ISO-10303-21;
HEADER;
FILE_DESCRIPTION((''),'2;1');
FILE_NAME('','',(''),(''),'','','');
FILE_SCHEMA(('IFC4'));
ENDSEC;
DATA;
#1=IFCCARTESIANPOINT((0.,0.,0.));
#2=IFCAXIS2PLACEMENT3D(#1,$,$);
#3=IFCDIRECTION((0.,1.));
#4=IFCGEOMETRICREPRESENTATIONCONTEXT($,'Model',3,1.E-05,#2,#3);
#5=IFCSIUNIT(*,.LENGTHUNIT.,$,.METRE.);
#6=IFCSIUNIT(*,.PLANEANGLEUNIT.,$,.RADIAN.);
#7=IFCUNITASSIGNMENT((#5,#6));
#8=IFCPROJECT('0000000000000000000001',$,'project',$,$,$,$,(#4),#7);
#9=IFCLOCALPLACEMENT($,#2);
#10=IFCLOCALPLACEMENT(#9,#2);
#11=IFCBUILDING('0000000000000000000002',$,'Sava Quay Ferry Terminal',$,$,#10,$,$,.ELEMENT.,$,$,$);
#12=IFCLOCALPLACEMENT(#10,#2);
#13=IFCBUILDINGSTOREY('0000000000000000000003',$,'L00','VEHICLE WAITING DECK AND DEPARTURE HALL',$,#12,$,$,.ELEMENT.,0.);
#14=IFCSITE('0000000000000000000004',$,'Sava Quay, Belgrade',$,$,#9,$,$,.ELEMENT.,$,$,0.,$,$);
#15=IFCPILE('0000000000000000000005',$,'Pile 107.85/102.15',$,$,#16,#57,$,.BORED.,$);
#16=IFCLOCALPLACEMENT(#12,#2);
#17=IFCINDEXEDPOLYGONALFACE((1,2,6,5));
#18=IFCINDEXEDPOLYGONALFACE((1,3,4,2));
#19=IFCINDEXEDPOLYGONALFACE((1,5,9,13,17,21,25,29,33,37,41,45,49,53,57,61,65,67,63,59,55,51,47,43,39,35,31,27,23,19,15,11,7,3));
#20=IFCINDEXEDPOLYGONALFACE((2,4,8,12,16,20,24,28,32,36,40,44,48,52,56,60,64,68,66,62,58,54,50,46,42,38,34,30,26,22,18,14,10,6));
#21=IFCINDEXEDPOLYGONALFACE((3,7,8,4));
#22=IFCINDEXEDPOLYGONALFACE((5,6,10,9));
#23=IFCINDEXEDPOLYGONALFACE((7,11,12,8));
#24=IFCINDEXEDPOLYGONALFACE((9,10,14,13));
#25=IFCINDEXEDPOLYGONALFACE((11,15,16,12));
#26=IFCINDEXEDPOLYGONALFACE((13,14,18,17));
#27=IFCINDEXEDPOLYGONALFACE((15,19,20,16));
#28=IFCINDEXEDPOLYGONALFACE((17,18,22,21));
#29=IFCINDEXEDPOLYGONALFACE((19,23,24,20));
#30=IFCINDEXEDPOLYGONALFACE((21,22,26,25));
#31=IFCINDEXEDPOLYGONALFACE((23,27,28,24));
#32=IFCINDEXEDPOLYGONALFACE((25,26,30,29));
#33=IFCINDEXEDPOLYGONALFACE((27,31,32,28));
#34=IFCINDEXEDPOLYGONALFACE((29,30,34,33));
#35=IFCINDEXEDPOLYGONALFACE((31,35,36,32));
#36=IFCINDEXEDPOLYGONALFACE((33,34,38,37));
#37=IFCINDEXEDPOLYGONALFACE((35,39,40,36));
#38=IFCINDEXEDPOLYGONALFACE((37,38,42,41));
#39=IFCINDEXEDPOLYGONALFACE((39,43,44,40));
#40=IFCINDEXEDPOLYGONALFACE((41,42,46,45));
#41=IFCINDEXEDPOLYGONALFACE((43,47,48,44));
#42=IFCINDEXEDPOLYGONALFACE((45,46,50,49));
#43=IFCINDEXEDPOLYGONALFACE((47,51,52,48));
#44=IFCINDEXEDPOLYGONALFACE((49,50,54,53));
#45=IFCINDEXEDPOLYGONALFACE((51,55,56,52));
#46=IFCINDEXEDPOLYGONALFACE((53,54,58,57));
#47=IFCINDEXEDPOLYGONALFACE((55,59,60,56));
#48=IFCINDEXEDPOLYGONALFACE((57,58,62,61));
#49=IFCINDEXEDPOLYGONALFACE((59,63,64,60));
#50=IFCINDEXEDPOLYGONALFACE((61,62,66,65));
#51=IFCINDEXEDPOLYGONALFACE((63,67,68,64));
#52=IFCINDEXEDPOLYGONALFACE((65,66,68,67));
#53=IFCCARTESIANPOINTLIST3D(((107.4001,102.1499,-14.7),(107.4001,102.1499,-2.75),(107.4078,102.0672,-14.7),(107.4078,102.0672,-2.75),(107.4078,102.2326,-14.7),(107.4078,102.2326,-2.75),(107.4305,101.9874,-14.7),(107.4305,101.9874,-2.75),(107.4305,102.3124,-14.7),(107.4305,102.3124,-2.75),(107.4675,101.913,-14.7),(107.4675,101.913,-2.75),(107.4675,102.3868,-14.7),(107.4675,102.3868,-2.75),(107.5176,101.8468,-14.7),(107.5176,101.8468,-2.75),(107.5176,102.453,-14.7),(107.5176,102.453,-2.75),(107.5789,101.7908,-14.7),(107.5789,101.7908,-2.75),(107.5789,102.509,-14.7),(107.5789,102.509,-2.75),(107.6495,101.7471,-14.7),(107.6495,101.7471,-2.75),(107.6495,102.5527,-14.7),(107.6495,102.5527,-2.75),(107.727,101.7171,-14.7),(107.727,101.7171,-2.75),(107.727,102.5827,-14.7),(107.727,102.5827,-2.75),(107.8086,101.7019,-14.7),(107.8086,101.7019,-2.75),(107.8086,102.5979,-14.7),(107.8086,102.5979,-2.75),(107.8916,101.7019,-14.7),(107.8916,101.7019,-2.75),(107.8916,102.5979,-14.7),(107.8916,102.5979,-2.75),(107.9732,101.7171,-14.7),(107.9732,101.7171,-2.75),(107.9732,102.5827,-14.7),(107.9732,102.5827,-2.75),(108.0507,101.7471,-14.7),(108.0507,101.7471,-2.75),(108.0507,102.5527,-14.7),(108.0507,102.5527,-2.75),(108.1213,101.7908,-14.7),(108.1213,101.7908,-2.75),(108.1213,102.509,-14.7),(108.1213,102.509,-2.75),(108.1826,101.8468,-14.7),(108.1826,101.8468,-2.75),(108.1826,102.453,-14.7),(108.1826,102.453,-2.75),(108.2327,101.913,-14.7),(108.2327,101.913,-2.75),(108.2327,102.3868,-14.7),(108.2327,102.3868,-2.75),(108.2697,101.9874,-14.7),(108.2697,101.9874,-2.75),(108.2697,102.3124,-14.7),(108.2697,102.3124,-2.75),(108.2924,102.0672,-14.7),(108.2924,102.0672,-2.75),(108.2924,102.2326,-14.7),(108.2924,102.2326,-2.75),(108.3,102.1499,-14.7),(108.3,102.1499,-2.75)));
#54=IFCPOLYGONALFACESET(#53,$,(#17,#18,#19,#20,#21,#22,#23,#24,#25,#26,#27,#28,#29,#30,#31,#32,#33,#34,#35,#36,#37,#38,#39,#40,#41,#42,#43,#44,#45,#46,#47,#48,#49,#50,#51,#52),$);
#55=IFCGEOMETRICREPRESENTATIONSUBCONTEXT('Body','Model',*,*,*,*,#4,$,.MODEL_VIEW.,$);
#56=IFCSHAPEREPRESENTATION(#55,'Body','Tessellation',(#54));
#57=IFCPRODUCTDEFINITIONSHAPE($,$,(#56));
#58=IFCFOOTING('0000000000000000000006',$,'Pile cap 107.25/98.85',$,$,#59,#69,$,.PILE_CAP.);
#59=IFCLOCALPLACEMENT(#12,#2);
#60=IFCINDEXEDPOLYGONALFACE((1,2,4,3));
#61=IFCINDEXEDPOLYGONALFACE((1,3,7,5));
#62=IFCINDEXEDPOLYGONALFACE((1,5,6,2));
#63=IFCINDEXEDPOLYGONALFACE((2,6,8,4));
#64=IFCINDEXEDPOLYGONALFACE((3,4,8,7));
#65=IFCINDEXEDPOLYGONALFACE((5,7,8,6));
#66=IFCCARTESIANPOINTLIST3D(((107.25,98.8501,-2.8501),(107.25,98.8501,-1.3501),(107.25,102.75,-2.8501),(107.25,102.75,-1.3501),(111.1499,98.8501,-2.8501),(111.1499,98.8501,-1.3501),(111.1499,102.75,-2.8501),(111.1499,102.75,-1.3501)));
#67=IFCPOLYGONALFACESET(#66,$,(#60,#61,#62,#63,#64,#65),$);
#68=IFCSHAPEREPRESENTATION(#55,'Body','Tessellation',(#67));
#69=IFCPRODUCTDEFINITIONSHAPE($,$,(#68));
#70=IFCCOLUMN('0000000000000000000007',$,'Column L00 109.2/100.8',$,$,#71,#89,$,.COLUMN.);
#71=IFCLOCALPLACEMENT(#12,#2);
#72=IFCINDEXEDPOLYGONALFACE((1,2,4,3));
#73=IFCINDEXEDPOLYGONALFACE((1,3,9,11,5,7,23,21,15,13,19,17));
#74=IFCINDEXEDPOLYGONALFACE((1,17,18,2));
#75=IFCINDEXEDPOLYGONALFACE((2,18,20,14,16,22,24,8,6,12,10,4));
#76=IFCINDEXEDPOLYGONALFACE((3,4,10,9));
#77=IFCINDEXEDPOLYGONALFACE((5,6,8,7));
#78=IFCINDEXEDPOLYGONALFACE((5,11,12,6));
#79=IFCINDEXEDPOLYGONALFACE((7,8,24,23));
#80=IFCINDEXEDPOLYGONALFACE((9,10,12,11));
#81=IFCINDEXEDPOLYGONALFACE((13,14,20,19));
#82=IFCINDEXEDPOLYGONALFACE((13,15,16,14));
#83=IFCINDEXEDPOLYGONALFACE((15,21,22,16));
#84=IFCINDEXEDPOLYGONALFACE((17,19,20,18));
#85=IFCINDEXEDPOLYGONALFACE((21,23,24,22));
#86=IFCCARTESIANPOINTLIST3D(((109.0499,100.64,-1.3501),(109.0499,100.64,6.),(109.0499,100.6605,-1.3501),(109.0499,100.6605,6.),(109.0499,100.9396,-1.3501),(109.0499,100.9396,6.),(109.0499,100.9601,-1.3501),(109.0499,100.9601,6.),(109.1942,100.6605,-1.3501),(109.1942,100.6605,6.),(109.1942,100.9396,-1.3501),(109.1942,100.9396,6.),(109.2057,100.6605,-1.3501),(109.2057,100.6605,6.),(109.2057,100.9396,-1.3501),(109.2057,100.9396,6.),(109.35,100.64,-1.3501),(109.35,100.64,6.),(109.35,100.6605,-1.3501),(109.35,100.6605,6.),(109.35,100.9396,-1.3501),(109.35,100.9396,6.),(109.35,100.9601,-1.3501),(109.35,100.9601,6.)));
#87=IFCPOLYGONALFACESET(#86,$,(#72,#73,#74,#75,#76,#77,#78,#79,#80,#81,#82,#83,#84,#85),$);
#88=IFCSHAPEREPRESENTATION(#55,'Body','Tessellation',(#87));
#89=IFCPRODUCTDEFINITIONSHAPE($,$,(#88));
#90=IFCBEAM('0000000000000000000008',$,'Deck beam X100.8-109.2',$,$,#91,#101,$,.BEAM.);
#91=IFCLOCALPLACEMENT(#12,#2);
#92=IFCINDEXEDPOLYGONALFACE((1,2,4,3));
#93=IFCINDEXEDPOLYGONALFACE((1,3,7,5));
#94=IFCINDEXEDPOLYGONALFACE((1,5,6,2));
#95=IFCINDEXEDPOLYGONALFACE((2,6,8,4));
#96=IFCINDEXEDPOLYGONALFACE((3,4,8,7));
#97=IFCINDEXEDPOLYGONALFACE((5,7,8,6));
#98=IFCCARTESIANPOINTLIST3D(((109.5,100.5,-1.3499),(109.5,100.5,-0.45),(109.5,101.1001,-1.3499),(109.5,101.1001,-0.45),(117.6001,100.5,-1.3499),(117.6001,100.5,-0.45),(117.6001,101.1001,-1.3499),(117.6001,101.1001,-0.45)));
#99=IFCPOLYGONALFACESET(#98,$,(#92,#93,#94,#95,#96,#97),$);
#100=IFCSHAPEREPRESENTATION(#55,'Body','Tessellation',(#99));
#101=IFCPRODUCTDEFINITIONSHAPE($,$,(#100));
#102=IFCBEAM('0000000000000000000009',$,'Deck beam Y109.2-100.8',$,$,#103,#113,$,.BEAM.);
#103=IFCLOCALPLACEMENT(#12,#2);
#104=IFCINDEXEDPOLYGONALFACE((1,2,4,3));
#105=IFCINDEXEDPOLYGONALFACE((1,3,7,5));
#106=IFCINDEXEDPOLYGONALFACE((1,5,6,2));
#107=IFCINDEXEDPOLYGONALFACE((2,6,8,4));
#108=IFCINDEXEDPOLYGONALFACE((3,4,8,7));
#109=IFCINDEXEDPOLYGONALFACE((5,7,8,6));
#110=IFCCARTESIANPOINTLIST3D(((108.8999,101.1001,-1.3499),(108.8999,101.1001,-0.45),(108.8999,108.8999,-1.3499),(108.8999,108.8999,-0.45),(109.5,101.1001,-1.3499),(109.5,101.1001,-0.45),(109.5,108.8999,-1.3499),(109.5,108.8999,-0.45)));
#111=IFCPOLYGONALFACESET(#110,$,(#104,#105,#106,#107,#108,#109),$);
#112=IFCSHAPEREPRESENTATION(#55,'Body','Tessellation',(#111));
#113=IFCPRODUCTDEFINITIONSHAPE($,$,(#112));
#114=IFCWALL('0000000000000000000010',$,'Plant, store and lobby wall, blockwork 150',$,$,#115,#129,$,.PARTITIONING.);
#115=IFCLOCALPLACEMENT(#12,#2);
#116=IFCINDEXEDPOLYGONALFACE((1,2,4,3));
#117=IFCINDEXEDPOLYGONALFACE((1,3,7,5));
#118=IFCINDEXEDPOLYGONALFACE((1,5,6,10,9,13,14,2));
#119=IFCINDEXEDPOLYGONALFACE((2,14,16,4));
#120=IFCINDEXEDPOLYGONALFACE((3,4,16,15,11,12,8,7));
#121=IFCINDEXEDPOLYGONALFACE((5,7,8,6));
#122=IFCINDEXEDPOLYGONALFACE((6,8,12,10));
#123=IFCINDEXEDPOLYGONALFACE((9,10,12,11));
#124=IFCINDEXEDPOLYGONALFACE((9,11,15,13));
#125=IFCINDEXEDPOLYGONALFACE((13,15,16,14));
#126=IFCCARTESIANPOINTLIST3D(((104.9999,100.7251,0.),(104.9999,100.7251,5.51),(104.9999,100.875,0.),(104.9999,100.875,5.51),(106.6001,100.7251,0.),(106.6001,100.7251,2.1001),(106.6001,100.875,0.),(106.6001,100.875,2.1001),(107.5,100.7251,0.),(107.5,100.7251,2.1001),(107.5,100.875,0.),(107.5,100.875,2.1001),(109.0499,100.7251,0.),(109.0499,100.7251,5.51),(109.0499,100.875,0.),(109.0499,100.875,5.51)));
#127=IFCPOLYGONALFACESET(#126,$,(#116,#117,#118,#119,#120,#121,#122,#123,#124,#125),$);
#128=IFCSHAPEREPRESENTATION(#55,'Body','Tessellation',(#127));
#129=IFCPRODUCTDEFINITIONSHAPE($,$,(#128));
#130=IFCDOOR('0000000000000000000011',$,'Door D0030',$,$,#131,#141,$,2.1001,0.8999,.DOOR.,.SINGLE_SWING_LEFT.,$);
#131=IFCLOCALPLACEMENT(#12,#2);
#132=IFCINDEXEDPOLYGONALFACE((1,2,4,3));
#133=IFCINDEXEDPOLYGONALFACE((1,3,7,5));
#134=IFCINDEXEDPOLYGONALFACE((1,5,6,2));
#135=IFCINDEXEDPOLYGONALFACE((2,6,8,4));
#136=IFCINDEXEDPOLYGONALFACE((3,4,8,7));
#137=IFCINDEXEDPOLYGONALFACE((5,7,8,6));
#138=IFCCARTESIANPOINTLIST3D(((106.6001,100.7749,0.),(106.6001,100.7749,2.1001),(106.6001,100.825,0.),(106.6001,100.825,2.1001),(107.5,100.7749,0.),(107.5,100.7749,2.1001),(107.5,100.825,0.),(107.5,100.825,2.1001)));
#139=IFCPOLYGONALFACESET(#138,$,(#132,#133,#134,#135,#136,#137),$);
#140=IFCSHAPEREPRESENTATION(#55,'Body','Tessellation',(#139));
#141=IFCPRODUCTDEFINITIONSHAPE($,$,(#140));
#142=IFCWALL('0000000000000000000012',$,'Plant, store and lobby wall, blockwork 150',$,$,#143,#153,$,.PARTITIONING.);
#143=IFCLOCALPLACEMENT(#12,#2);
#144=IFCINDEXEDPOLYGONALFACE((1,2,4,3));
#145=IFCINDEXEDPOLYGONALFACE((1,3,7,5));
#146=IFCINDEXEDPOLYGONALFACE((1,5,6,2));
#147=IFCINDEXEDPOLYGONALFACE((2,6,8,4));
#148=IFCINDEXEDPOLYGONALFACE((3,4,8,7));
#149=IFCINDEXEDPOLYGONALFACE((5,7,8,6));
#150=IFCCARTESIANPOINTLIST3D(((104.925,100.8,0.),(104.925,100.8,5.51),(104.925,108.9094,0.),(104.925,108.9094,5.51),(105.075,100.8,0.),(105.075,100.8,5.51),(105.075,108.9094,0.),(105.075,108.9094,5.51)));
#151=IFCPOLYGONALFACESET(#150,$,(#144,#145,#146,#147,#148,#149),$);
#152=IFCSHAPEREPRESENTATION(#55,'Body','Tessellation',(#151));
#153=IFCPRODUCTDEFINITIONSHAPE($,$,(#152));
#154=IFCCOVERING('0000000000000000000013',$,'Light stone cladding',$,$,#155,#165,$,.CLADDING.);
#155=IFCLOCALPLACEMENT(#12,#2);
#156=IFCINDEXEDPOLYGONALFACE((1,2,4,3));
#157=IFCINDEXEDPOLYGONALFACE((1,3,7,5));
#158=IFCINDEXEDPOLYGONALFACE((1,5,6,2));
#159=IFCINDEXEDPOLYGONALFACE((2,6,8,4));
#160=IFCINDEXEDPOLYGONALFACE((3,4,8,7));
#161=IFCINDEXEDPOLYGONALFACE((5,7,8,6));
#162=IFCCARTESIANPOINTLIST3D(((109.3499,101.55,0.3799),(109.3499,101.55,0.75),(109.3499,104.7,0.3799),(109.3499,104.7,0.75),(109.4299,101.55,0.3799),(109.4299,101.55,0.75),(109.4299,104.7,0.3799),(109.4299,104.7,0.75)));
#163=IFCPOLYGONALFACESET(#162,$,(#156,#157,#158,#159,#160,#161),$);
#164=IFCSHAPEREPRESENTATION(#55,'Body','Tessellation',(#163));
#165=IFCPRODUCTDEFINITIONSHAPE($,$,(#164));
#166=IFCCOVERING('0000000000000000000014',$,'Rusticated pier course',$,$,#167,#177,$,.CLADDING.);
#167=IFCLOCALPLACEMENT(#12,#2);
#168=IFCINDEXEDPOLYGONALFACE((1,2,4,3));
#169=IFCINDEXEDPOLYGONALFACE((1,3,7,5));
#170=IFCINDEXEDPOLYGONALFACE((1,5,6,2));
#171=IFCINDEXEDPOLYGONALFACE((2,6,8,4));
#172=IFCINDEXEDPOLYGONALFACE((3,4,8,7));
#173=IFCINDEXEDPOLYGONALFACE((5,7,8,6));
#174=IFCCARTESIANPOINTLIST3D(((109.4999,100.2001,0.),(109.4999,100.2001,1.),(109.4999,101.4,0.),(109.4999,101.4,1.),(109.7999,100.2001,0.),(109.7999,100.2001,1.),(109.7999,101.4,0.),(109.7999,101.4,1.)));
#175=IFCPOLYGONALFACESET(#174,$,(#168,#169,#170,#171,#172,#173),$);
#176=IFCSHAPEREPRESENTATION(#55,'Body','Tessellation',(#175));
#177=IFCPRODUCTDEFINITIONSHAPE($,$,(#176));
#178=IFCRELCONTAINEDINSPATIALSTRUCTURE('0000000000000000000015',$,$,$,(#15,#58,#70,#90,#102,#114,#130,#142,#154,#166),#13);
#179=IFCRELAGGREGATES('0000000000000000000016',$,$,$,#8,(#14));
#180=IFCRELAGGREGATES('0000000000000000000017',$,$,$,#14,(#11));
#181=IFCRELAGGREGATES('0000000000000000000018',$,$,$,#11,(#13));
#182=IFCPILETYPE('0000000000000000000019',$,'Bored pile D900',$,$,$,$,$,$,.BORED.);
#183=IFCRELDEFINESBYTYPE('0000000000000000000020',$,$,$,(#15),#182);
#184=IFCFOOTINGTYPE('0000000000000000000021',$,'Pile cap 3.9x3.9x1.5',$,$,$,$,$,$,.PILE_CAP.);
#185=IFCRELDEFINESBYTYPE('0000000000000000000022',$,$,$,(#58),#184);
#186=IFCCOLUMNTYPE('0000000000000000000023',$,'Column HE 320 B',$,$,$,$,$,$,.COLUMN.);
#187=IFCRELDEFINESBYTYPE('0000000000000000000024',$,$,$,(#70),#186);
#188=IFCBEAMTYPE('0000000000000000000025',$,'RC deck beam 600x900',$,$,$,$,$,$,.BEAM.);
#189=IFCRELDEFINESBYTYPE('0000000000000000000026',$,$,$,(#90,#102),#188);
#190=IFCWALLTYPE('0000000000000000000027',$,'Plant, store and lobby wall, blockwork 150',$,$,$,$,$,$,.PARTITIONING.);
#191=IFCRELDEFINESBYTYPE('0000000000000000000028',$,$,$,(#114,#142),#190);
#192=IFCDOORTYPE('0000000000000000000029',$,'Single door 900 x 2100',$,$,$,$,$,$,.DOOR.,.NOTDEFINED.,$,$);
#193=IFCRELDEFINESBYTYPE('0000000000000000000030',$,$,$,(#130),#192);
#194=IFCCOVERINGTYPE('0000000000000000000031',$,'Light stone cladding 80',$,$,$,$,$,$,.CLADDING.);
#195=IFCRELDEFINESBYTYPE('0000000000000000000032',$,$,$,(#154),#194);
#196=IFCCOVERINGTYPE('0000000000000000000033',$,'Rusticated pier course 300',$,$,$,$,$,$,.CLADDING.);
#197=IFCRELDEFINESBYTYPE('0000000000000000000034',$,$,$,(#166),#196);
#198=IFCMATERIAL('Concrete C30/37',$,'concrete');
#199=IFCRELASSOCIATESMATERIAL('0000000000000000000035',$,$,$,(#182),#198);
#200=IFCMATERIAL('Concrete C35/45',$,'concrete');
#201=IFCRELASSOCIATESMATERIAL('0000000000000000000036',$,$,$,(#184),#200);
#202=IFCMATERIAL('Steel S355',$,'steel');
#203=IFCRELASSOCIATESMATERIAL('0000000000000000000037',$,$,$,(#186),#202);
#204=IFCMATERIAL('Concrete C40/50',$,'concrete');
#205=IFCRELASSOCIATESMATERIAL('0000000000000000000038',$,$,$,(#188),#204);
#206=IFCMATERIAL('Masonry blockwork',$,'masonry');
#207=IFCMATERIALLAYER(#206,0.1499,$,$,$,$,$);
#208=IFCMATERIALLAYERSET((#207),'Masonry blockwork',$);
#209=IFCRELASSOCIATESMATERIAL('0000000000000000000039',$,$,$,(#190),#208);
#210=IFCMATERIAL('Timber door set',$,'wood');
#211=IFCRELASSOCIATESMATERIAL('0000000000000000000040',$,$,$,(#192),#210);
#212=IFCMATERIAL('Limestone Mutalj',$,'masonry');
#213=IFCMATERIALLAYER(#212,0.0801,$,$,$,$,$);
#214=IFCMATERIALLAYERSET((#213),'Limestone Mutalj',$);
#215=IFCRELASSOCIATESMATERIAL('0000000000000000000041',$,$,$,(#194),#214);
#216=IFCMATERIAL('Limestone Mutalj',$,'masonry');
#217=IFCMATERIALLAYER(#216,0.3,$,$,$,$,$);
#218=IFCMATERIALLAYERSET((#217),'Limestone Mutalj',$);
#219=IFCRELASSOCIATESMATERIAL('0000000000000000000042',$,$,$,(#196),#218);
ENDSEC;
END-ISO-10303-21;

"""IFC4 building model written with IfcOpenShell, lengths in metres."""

from ifc_helpers import new_model, si_unit, direction, frame, frame_2d, origin, origin_2d, place, context, subcontext, project, spatial, rectangle, circle, i_section, extrude, material, layer, layer_set, material_profile, profile_set, type_object, element, fill, save


model = new_model("IFC4")

# Units and contexts
model_context = context("Model", 3, precision=1e-05, world=origin(), true_north=direction((0.0, 1.0)))
body_context = subcontext(model_context, "Body", "Model", "MODEL_VIEW")
ifc_project = project(units=[si_unit("LENGTHUNIT", "METRE"), si_unit("PLANEANGLEUNIT", "RADIAN")], contexts=[model_context])

# Site, building, storey
site_placement = place(None, origin())
site = spatial("IfcSite", under=ifc_project, at=site_placement, Name="Sava Quay, Belgrade", CompositionType="ELEMENT", RefElevation=0.0)
building_placement = place(site_placement, origin())
building = spatial("IfcBuilding", under=site, at=building_placement, Name="Sava Quay Ferry Terminal", CompositionType="ELEMENT")
storey_placement = place(building_placement, origin())
storey = spatial("IfcBuildingStorey", under=building, at=storey_placement, Name="L00", Description="VEHICLE WAITING DECK AND DEPARTURE HALL", CompositionType="ELEMENT", Elevation=0.0)

# Pile
ifc_material_1 = material(Name="Concrete C30/37", Category="concrete")
ifc_material_profile_1 = material_profile(ifc_material_1, circle(Radius=0.45, at=origin_2d()), Name="Bored pile D900")
ifc_profile_set_1 = profile_set([ifc_material_profile_1], Name="Concrete C30/37")
pile_type = type_object("IfcPileType", Name="Bored pile D900", PredefinedType="BORED", material=ifc_profile_set_1)
pile_placement = place(storey_placement, frame((107.8501, 102.1499, -2.75), z_axis=(0.0, 0.0, -1.0), x_axis=(1.0, 0.0, 0.0)))
element("IfcPile", 1, at=pile_placement, inside=storey, type_object=pile_type, Name="Pile 107.85/102.15", PredefinedType="BORED", context=body_context, shape_type="SweptSolid", body=[
    extrude(circle(Radius=0.45, at=origin_2d()), origin(), (0.0, 0.0, 1.0), 11.95),
])

# Footing
ifc_material_2 = material(Name="Concrete C35/45", Category="concrete")
footing_type = type_object("IfcFootingType", Name="Pile cap 3.9x3.9x1.5", PredefinedType="PILE_CAP", material=ifc_material_2)
footing_placement = place(storey_placement, frame((109.2, 100.8, -2.8501), z_axis=(0.0, 0.0, 1.0), x_axis=(1.0, 0.0, 0.0)))
element("IfcFooting", 2, at=footing_placement, inside=storey, type_object=footing_type, Name="Pile cap 107.25/98.85", PredefinedType="PILE_CAP", context=body_context, shape_type="SweptSolid", body=[
    extrude(rectangle(XDim=3.8999, YDim=3.8999, at=origin_2d()), origin(), (0.0, 0.0, 1.0), 1.5),
])

# Column
ifc_material_3 = material(Name="Steel S355", Category="steel")
ifc_material_profile_2 = material_profile(ifc_material_3, i_section(OverallWidth=0.3, OverallDepth=0.3201, WebThickness=0.0115, FlangeThickness=0.0205, at=origin_2d()), Name="HE 320 B")
ifc_profile_set_2 = profile_set([ifc_material_profile_2], Name="Steel S355")
column_type = type_object("IfcColumnType", Name="Column HE 320 B", PredefinedType="COLUMN", material=ifc_profile_set_2)
column_placement = place(storey_placement, frame((109.2, 100.8, -1.3501), z_axis=(0.0, 0.0, 1.0), x_axis=(1.0, 0.0, 0.0)))
element("IfcColumn", 3, at=column_placement, inside=storey, type_object=column_type, Name="Column L00 109.2/100.8", PredefinedType="COLUMN", context=body_context, shape_type="SweptSolid", body=[
    extrude(i_section(OverallWidth=0.3, OverallDepth=0.3201, WebThickness=0.0115, FlangeThickness=0.0205, at=origin_2d()), origin(), (0.0, 0.0, 1.0), 7.3501),
])

# Beams
ifc_material_4 = material(Name="Concrete C40/50", Category="concrete")
ifc_material_profile_3 = material_profile(ifc_material_4, rectangle(XDim=0.6001, YDim=0.8999, at=origin_2d()), Name="RC 600x900")
ifc_profile_set_3 = profile_set([ifc_material_profile_3], Name="Concrete C40/50")
beam_type = type_object("IfcBeamType", Name="RC deck beam 600x900", PredefinedType="BEAM", material=ifc_profile_set_3)
beam_1_placement = place(storey_placement, frame((109.5, 100.8, -0.8999), z_axis=(1.0, 0.0, 0.0), x_axis=(0.0, 1.0, 0.0)))
element("IfcBeam", 4, at=beam_1_placement, inside=storey, type_object=beam_type, Name="Deck beam X100.8-109.2", PredefinedType="BEAM", context=body_context, shape_type="SweptSolid", body=[
    extrude(rectangle(XDim=0.6001, YDim=0.8999, at=origin_2d()), origin(), (0.0, 0.0, 1.0), 8.1001),
])
beam_2_placement = place(storey_placement, frame((109.2, 101.1001, -0.8999), z_axis=(0.0, 1.0, 0.0), x_axis=(-1.0, 0.0, 0.0)))
element("IfcBeam", 5, at=beam_2_placement, inside=storey, type_object=beam_type, Name="Deck beam Y109.2-100.8", PredefinedType="BEAM", context=body_context, shape_type="SweptSolid", body=[
    extrude(rectangle(XDim=0.6001, YDim=0.8999, at=origin_2d()), origin(), (0.0, 0.0, 1.0), 7.7998),
])

# Wall, opening, door
ifc_material_5 = material(Name="Masonry blockwork", Category="masonry")
ifc_layer_1 = layer(ifc_material_5, 0.1499)
ifc_layer_set_1 = layer_set([ifc_layer_1], Name="Masonry blockwork")
wall_type_1 = type_object("IfcWallType", Name="Plant, store and lobby wall, blockwork 150", PredefinedType="PARTITIONING", material=ifc_layer_set_1)
wall_1_placement = place(storey_placement, frame((105.0, 100.8, 0.0), z_axis=(0.0, 0.0, 1.0), x_axis=(1.0, 0.0, 0.0)))
wall_1 = element("IfcWall", 6, at=wall_1_placement, inside=storey, type_object=wall_type_1, Name="Plant, store and lobby wall, blockwork 150", PredefinedType="PARTITIONING", context=body_context, shape_type="SweptSolid", body=[
    extrude(rectangle(XDim=4.05, YDim=0.1499, at=frame_2d((2.0249, 0.0))), origin(), (0.0, 0.0, 1.0), 5.51),
])
opening_1_placement = place(wall_1_placement, frame((1.6001, 0.0, 0.0)))
opening_1 = element("IfcOpeningElement", 7, at=opening_1_placement, cuts=wall_1, PredefinedType="OPENING", context=body_context, shape_type="SweptSolid", body=[
    extrude(rectangle(XDim=0.8999, YDim=2.1001, at=frame_2d((0.45, 1.05))), frame((0.0, 0.075, 0.0), z_axis=(0.0, -1.0, 0.0), x_axis=(1.0, 0.0, 0.0)), (0.0, 0.0, 1.0), 0.1499),
])
ifc_material_6 = material(Name="Timber door set", Category="wood")
door_type = type_object("IfcDoorType", Name="Single door 900 x 2100", OperationType="NOTDEFINED", PredefinedType="DOOR", material=ifc_material_6)
door_placement = place(opening_1_placement, origin())
door = element("IfcDoor", 8, at=door_placement, inside=storey, type_object=door_type, Name="Door D0030", OperationType="SINGLE_SWING_LEFT", OverallHeight=2.1001, OverallWidth=0.8999, PredefinedType="DOOR", context=body_context, shape_type="SweptSolid", body=[
    extrude(rectangle(XDim=0.8999, YDim=2.1001, at=frame_2d((0.45, 1.05))), frame((0.0, 0.0249, 0.0), z_axis=(0.0, -1.0, 0.0), x_axis=(1.0, 0.0, 0.0)), (0.0, 0.0, 1.0), 0.05),
])
fill(opening_1, door)

# Wall
wall_2_placement = place(storey_placement, frame((105.0, 100.8, 0.0), z_axis=(0.0, 0.0, 1.0), x_axis=(0.0, 1.0, 0.0)))
element("IfcWall", 9, at=wall_2_placement, inside=storey, type_object=wall_type_1, Name="Plant, store and lobby wall, blockwork 150", PredefinedType="PARTITIONING", context=body_context, shape_type="SweptSolid", body=[
    extrude(rectangle(XDim=8.1094, YDim=0.1499, at=frame_2d((4.0547, 0.0))), origin(), (0.0, 0.0, 1.0), 5.51),
])

# Coverings
ifc_material_7 = material(Name="Limestone Mutalj", Category="masonry")
ifc_layer_2 = layer(ifc_material_7, 0.0801)
ifc_layer_set_2 = layer_set([ifc_layer_2], Name="Limestone Mutalj")
covering_type_1 = type_object("IfcCoveringType", Name="Light stone cladding 80", PredefinedType="CLADDING", material=ifc_layer_set_2)
covering_placement = place(storey_placement, frame((109.3899, 103.125, 0.3799), z_axis=(0.0, 0.0, 1.0), x_axis=(1.0, 0.0, 0.0)))
element("IfcCovering", 10, at=covering_placement, inside=storey, type_object=covering_type_1, Name="Light stone cladding", PredefinedType="CLADDING", context=body_context, shape_type="SweptSolid", body=[
    extrude(rectangle(XDim=0.0801, YDim=3.1499, at=origin_2d()), origin(), (0.0, 0.0, 1.0), 0.3701),
])
ifc_material_8 = material(Name="Limestone Mutalj", Category="masonry")
ifc_layer_3 = layer(ifc_material_8, 0.3)
ifc_layer_set_3 = layer_set([ifc_layer_3], Name="Limestone Mutalj")
covering_type_2 = type_object("IfcCoveringType", Name="Rusticated pier course 300", PredefinedType="CLADDING", material=ifc_layer_set_3)
for number, where, z_axis, x_axis, name in (
    (11, (109.6499, 100.8, 0.0), (0.0, 0.0, 1.0), (1.0, 0.0, 0.0), "Rusticated pier course"),
):
    element("IfcCovering", number, at=place(storey_placement, frame(where, z_axis=z_axis, x_axis=x_axis)), inside=storey, type_object=covering_type_2, Name=name, PredefinedType="CLADDING", context=body_context, shape_type="SweptSolid", body=[
        extrude(rectangle(XDim=0.3, YDim=1.2, at=origin_2d()), origin(), (0.0, 0.0, 1.0), 1.0),
    ])

save(model, "model.ifc")
